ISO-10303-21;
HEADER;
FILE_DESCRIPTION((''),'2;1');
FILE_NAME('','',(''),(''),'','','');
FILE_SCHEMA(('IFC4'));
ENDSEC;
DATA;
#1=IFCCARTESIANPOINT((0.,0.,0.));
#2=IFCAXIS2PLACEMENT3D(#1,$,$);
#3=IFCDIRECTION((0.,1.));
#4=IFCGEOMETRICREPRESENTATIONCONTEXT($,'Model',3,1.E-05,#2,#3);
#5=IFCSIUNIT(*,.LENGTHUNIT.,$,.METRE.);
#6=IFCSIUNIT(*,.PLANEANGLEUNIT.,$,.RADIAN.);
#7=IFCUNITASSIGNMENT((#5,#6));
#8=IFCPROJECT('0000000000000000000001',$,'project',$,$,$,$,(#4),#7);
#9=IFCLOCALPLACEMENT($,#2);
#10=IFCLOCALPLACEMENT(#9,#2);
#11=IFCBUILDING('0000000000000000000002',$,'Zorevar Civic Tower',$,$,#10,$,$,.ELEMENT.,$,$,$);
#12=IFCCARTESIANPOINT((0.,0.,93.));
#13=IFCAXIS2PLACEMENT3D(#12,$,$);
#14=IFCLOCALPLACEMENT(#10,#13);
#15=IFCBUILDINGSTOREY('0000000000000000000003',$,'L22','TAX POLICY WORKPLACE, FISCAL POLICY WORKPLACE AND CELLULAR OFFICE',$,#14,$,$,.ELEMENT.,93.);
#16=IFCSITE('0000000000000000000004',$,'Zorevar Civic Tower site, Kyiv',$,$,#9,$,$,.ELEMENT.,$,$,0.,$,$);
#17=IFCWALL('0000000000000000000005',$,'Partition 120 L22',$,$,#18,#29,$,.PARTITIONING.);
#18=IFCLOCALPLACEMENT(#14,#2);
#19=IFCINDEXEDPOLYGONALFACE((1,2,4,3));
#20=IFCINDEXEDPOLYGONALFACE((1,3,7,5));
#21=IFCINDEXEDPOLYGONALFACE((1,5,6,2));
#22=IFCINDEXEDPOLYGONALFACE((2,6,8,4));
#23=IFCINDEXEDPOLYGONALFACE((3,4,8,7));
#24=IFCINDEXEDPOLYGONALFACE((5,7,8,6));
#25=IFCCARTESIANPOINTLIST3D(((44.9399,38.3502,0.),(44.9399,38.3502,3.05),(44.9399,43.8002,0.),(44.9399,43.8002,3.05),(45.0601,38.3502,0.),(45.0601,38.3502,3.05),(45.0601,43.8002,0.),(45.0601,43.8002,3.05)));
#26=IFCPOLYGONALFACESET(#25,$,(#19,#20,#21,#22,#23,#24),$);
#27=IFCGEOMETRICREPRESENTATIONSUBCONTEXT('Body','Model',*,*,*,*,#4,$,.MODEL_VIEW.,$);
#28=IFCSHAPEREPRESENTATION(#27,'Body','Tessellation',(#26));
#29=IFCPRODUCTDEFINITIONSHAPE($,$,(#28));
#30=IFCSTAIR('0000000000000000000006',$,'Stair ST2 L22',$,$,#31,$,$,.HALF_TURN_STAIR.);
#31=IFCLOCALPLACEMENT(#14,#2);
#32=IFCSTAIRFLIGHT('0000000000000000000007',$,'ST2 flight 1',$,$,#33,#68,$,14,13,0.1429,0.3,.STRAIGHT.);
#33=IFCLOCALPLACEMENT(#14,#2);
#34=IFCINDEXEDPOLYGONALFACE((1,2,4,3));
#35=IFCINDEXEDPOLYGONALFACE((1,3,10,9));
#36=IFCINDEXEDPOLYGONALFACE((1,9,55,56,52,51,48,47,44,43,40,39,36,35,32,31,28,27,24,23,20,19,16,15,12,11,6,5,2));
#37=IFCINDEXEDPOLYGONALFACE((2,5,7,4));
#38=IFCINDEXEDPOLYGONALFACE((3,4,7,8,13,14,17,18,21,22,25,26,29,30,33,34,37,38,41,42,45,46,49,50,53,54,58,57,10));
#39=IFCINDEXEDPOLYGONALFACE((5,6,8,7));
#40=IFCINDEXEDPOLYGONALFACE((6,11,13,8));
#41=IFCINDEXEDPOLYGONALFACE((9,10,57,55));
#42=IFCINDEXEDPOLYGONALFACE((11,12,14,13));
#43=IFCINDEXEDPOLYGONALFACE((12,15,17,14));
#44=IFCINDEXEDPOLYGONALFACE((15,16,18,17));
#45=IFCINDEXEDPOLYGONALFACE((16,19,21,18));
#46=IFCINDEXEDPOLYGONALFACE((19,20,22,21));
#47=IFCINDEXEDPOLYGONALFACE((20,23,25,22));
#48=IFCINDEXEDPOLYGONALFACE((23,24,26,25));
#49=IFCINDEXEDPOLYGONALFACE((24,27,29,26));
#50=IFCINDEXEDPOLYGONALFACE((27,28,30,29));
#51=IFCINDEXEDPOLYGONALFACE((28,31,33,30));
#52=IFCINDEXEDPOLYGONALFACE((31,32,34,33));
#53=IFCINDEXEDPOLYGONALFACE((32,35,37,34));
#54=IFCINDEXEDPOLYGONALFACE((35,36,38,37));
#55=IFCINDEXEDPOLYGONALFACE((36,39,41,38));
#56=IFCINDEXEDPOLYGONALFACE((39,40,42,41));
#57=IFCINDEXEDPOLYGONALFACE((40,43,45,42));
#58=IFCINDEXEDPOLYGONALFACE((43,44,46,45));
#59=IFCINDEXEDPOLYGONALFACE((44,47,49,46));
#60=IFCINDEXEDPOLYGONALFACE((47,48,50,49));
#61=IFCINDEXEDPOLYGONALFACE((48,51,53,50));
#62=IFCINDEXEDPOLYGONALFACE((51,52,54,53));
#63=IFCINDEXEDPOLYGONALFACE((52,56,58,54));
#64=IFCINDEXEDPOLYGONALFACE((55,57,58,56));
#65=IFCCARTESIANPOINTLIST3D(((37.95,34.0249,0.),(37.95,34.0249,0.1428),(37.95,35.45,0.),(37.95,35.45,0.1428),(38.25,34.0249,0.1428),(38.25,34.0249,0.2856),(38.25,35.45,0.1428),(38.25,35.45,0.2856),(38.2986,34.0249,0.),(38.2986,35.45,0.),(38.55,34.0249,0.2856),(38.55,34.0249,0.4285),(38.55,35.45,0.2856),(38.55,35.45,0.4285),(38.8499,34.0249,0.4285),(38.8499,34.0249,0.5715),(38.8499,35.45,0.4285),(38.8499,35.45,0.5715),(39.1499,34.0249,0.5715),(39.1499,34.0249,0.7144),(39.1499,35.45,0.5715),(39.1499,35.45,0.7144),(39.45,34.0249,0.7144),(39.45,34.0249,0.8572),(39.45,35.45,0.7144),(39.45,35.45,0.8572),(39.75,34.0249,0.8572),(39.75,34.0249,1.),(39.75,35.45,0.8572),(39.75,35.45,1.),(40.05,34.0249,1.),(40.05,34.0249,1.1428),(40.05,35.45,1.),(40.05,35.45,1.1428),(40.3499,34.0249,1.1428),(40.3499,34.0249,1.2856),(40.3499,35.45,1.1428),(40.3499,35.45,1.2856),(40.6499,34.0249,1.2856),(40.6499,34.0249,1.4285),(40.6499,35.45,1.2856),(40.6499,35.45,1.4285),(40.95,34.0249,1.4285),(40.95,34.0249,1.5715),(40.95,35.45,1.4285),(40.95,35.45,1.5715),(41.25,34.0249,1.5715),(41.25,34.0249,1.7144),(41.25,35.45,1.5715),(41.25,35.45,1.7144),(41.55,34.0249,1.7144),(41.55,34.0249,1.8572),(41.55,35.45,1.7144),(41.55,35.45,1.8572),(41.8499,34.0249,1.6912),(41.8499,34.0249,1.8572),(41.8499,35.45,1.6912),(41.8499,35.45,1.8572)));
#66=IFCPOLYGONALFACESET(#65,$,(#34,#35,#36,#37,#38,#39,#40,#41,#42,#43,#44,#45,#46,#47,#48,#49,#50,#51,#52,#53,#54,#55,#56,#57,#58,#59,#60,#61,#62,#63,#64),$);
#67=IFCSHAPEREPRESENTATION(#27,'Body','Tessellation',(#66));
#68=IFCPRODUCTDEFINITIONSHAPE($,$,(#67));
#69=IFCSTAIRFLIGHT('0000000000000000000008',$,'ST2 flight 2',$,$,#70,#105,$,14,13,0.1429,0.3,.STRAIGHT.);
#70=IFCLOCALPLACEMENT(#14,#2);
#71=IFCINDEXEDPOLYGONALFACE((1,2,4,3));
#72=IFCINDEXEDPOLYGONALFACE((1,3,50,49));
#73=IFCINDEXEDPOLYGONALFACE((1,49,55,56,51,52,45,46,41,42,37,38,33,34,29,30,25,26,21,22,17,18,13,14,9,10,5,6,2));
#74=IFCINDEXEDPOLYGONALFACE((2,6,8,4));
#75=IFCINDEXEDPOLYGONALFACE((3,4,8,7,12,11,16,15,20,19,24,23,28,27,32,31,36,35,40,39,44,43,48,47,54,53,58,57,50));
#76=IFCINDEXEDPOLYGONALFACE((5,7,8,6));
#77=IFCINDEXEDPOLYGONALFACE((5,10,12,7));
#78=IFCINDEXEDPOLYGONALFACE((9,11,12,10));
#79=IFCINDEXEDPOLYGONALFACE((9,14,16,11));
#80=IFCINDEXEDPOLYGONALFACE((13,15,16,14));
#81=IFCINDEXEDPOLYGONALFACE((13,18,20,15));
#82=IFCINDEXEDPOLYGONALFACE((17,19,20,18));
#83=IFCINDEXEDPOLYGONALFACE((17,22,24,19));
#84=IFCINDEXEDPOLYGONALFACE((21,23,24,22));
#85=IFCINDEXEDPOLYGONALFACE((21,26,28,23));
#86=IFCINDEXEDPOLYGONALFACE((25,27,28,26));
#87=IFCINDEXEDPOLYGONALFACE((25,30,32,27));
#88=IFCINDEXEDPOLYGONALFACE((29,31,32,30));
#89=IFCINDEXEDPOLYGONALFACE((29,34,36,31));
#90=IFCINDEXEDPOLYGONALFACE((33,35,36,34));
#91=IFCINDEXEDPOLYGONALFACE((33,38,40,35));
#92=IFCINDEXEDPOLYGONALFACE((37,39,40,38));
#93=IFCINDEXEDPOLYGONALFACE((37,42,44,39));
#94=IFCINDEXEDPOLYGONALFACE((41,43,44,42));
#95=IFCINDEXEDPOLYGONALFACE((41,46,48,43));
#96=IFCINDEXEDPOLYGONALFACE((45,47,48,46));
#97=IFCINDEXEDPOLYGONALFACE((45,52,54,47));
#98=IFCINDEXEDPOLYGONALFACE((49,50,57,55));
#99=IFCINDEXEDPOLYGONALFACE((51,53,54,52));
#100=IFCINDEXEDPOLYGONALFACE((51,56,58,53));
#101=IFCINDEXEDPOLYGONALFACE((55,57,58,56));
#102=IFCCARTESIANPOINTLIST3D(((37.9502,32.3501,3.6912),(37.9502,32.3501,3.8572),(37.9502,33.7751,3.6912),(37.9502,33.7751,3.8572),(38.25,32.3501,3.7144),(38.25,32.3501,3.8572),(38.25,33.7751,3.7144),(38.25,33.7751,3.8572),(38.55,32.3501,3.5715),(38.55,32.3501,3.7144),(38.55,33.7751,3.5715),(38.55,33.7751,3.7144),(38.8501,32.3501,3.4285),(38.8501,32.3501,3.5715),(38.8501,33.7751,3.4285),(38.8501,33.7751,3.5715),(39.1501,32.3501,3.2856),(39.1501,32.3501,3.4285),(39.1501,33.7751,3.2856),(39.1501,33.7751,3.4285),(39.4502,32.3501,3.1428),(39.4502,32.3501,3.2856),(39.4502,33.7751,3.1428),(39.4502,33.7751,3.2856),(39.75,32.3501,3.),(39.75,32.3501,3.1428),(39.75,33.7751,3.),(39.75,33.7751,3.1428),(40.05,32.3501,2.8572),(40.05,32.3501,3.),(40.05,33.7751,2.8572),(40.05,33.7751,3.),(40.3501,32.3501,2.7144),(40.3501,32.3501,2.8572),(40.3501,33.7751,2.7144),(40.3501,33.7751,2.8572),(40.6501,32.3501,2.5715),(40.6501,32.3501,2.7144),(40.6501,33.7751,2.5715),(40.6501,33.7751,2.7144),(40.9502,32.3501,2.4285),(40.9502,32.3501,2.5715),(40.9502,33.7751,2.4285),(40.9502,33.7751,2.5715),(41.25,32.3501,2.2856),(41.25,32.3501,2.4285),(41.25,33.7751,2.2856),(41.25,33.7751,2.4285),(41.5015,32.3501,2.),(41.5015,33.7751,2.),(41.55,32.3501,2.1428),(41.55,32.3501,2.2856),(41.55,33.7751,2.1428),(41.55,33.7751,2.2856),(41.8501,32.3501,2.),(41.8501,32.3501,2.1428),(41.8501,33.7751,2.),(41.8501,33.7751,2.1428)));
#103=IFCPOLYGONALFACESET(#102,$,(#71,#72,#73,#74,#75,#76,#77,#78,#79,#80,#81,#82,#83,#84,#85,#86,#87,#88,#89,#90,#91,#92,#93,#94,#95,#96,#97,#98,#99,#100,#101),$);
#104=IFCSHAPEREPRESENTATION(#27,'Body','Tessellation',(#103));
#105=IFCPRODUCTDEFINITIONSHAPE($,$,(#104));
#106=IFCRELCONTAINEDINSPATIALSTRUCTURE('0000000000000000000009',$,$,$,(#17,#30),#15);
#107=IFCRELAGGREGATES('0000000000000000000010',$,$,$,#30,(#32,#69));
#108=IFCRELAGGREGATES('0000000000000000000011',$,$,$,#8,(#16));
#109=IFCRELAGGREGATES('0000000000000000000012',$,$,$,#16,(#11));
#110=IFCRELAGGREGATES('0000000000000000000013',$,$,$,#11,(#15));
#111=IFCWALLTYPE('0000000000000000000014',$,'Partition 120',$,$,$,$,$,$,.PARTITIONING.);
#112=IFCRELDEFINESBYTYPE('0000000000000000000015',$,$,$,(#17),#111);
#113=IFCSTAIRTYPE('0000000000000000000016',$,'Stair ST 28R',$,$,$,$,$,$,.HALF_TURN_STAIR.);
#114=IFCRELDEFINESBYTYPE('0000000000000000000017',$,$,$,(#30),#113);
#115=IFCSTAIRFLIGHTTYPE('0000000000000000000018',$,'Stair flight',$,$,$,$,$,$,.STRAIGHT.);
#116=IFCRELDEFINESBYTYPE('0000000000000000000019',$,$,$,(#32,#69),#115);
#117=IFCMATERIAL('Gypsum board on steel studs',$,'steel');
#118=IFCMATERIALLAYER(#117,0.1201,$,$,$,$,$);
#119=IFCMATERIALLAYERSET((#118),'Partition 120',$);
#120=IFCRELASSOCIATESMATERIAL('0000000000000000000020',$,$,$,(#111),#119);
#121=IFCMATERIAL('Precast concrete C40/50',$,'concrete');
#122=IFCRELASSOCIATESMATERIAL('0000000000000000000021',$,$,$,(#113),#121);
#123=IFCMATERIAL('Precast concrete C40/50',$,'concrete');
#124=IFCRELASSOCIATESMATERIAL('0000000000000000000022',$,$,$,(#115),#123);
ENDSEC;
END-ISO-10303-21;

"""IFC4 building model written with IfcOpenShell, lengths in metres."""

from ifc_helpers import new_model, si_unit, direction, frame, frame_2d, origin, place, context, subcontext, project, spatial, polyline, rectangle, outline, extrude, material, layer, layer_set, type_object, element, aggregate, save


model = new_model("IFC4")

# Units and contexts
model_context = context("Model", 3, precision=1e-05, world=origin(), true_north=direction((0.0, 1.0)))
body_context = subcontext(model_context, "Body", "Model", "MODEL_VIEW")
ifc_project = project(units=[si_unit("LENGTHUNIT", "METRE"), si_unit("PLANEANGLEUNIT", "RADIAN")], contexts=[model_context])

# Site, building, storey
site_placement = place(None, origin())
site = spatial("IfcSite", under=ifc_project, at=site_placement, Name="Zorevar Civic Tower site, Kyiv", CompositionType="ELEMENT", RefElevation=0.0)
building_placement = place(site_placement, origin())
building = spatial("IfcBuilding", under=site, at=building_placement, Name="Zorevar Civic Tower", CompositionType="ELEMENT")
storey_placement = place(building_placement, frame((0.0, 0.0, 93.0)))
storey = spatial("IfcBuildingStorey", under=building, at=storey_placement, Name="L22", Description="TAX POLICY WORKPLACE, FISCAL POLICY WORKPLACE AND CELLULAR OFFICE", CompositionType="ELEMENT", Elevation=93.0)

# Shared definitions
ifc_material_1 = material(Name="Gypsum board on steel studs", Category="steel")
ifc_layer_1 = layer(ifc_material_1, 0.1201)
ifc_layer_set_1 = layer_set([ifc_layer_1], Name="Partition 120")
wall_type_1 = type_object("IfcWallType", Name="Partition 120", PredefinedType="PARTITIONING", material=ifc_layer_set_1)

# Wall
wall_1_placement = place(storey_placement, frame((45.0, 38.3501, 0.0), z_axis=(0.0, 0.0, 1.0), x_axis=(0.0, 1.0, 0.0)))
element("IfcWall", 1, at=wall_1_placement, inside=storey, type_object=wall_type_1, Name="Partition 120 L22", PredefinedType="PARTITIONING", context=body_context, shape_type="SweptSolid", body=[
    extrude(rectangle(XDim=5.45, YDim=0.1201, at=frame_2d((2.7251, 0.0))), origin(), (0.0, 0.0, 1.0), 3.05),
])

# Stair, stair flights
ifc_material_2 = material(Name="Precast concrete C40/50", Category="concrete")
stair_type = type_object("IfcStairType", Name="Stair ST 28R", PredefinedType="HALF_TURN_STAIR", material=ifc_material_2)
stair_placement = place(storey_placement, origin())
stair = element("IfcStair", 2, at=stair_placement, inside=storey, type_object=stair_type, Name="Stair ST2 L22", PredefinedType="HALF_TURN_STAIR")
ifc_material_3 = material(Name="Precast concrete C40/50", Category="concrete")
stair_flight_type = type_object("IfcStairFlightType", Name="Stair flight", PredefinedType="STRAIGHT", material=ifc_material_3)
stair_flight_1_placement = place(storey_placement, frame((37.95, 34.7375, 0.0), z_axis=(0.0, 0.0, 1.0), x_axis=(1.0, 0.0, 0.0)))
stair_flight_1 = element("IfcStairFlight", 3, at=stair_flight_1_placement, type_object=stair_flight_type, Name="ST2 flight 1", NumberOfRisers=14, NumberOfTreads=13, PredefinedType="STRAIGHT", RiserHeight=0.1429, TreadLength=0.3, context=body_context, shape_type="SweptSolid", body=[
    extrude(outline(polyline([(0.0, 0.0), (0.0, 0.1428), (0.3, 0.1428), (0.3, 0.2856), (0.6001, 0.2856), (0.6001, 0.4285), (0.8999, 0.4285), (0.8999, 0.5715), (1.2, 0.5715), (1.2, 0.7144), (1.5, 0.7144), (1.5, 0.8572), (1.8, 0.8572), (1.8, 1.0), (2.1001, 1.0), (2.1001, 1.1428), (2.3999, 1.1428), (2.3999, 1.2856), (2.7, 1.2856), (2.7, 1.4285), (3.0, 1.4285), (3.0, 1.5715), (3.3, 1.5715), (3.3, 1.7144), (3.6001, 1.7144), (3.6001, 1.8572), (3.8999, 1.8572), (3.8999, 2.0), (3.8999, 1.6912), (0.3486, 0.0), (0.0, 0.0)])), frame((0.0, 0.7124, 0.0), z_axis=(0.0, -1.0, 0.0), x_axis=(1.0, 0.0, 0.0)), (0.0, 0.0, 1.0), 1.425),
])
stair_flight_2_placement = place(storey_placement, frame((41.8501, 33.0625, 2.0), z_axis=(0.0, 0.0, 1.0), x_axis=(-1.0, 0.0, 0.0)))
stair_flight_2 = element("IfcStairFlight", 4, at=stair_flight_2_placement, type_object=stair_flight_type, Name="ST2 flight 2", NumberOfRisers=14, NumberOfTreads=13, PredefinedType="STRAIGHT", RiserHeight=0.1429, TreadLength=0.3, context=body_context, shape_type="SweptSolid", body=[
    extrude(outline(polyline([(0.0, 0.0), (0.0, 0.1428), (0.3, 0.1428), (0.3, 0.2856), (0.6001, 0.2856), (0.6001, 0.4285), (0.8999, 0.4285), (0.8999, 0.5715), (1.2, 0.5715), (1.2, 0.7144), (1.5, 0.7144), (1.5, 0.8572), (1.8, 0.8572), (1.8, 1.0), (2.1001, 1.0), (2.1001, 1.1428), (2.3999, 1.1428), (2.3999, 1.2856), (2.7, 1.2856), (2.7, 1.4285), (3.0, 1.4285), (3.0, 1.5715), (3.3, 1.5715), (3.3, 1.7144), (3.6001, 1.7144), (3.6001, 1.8572), (3.8999, 1.8572), (3.8999, 2.0), (3.8999, 1.6912), (0.3486, 0.0), (0.0, 0.0)])), frame((0.0, 0.7124, 0.0), z_axis=(0.0, -1.0, 0.0), x_axis=(1.0, 0.0, 0.0)), (0.0, 0.0, 1.0), 1.425),
])
aggregate(stair, [stair_flight_1, stair_flight_2])

save(model, "model.ifc")
